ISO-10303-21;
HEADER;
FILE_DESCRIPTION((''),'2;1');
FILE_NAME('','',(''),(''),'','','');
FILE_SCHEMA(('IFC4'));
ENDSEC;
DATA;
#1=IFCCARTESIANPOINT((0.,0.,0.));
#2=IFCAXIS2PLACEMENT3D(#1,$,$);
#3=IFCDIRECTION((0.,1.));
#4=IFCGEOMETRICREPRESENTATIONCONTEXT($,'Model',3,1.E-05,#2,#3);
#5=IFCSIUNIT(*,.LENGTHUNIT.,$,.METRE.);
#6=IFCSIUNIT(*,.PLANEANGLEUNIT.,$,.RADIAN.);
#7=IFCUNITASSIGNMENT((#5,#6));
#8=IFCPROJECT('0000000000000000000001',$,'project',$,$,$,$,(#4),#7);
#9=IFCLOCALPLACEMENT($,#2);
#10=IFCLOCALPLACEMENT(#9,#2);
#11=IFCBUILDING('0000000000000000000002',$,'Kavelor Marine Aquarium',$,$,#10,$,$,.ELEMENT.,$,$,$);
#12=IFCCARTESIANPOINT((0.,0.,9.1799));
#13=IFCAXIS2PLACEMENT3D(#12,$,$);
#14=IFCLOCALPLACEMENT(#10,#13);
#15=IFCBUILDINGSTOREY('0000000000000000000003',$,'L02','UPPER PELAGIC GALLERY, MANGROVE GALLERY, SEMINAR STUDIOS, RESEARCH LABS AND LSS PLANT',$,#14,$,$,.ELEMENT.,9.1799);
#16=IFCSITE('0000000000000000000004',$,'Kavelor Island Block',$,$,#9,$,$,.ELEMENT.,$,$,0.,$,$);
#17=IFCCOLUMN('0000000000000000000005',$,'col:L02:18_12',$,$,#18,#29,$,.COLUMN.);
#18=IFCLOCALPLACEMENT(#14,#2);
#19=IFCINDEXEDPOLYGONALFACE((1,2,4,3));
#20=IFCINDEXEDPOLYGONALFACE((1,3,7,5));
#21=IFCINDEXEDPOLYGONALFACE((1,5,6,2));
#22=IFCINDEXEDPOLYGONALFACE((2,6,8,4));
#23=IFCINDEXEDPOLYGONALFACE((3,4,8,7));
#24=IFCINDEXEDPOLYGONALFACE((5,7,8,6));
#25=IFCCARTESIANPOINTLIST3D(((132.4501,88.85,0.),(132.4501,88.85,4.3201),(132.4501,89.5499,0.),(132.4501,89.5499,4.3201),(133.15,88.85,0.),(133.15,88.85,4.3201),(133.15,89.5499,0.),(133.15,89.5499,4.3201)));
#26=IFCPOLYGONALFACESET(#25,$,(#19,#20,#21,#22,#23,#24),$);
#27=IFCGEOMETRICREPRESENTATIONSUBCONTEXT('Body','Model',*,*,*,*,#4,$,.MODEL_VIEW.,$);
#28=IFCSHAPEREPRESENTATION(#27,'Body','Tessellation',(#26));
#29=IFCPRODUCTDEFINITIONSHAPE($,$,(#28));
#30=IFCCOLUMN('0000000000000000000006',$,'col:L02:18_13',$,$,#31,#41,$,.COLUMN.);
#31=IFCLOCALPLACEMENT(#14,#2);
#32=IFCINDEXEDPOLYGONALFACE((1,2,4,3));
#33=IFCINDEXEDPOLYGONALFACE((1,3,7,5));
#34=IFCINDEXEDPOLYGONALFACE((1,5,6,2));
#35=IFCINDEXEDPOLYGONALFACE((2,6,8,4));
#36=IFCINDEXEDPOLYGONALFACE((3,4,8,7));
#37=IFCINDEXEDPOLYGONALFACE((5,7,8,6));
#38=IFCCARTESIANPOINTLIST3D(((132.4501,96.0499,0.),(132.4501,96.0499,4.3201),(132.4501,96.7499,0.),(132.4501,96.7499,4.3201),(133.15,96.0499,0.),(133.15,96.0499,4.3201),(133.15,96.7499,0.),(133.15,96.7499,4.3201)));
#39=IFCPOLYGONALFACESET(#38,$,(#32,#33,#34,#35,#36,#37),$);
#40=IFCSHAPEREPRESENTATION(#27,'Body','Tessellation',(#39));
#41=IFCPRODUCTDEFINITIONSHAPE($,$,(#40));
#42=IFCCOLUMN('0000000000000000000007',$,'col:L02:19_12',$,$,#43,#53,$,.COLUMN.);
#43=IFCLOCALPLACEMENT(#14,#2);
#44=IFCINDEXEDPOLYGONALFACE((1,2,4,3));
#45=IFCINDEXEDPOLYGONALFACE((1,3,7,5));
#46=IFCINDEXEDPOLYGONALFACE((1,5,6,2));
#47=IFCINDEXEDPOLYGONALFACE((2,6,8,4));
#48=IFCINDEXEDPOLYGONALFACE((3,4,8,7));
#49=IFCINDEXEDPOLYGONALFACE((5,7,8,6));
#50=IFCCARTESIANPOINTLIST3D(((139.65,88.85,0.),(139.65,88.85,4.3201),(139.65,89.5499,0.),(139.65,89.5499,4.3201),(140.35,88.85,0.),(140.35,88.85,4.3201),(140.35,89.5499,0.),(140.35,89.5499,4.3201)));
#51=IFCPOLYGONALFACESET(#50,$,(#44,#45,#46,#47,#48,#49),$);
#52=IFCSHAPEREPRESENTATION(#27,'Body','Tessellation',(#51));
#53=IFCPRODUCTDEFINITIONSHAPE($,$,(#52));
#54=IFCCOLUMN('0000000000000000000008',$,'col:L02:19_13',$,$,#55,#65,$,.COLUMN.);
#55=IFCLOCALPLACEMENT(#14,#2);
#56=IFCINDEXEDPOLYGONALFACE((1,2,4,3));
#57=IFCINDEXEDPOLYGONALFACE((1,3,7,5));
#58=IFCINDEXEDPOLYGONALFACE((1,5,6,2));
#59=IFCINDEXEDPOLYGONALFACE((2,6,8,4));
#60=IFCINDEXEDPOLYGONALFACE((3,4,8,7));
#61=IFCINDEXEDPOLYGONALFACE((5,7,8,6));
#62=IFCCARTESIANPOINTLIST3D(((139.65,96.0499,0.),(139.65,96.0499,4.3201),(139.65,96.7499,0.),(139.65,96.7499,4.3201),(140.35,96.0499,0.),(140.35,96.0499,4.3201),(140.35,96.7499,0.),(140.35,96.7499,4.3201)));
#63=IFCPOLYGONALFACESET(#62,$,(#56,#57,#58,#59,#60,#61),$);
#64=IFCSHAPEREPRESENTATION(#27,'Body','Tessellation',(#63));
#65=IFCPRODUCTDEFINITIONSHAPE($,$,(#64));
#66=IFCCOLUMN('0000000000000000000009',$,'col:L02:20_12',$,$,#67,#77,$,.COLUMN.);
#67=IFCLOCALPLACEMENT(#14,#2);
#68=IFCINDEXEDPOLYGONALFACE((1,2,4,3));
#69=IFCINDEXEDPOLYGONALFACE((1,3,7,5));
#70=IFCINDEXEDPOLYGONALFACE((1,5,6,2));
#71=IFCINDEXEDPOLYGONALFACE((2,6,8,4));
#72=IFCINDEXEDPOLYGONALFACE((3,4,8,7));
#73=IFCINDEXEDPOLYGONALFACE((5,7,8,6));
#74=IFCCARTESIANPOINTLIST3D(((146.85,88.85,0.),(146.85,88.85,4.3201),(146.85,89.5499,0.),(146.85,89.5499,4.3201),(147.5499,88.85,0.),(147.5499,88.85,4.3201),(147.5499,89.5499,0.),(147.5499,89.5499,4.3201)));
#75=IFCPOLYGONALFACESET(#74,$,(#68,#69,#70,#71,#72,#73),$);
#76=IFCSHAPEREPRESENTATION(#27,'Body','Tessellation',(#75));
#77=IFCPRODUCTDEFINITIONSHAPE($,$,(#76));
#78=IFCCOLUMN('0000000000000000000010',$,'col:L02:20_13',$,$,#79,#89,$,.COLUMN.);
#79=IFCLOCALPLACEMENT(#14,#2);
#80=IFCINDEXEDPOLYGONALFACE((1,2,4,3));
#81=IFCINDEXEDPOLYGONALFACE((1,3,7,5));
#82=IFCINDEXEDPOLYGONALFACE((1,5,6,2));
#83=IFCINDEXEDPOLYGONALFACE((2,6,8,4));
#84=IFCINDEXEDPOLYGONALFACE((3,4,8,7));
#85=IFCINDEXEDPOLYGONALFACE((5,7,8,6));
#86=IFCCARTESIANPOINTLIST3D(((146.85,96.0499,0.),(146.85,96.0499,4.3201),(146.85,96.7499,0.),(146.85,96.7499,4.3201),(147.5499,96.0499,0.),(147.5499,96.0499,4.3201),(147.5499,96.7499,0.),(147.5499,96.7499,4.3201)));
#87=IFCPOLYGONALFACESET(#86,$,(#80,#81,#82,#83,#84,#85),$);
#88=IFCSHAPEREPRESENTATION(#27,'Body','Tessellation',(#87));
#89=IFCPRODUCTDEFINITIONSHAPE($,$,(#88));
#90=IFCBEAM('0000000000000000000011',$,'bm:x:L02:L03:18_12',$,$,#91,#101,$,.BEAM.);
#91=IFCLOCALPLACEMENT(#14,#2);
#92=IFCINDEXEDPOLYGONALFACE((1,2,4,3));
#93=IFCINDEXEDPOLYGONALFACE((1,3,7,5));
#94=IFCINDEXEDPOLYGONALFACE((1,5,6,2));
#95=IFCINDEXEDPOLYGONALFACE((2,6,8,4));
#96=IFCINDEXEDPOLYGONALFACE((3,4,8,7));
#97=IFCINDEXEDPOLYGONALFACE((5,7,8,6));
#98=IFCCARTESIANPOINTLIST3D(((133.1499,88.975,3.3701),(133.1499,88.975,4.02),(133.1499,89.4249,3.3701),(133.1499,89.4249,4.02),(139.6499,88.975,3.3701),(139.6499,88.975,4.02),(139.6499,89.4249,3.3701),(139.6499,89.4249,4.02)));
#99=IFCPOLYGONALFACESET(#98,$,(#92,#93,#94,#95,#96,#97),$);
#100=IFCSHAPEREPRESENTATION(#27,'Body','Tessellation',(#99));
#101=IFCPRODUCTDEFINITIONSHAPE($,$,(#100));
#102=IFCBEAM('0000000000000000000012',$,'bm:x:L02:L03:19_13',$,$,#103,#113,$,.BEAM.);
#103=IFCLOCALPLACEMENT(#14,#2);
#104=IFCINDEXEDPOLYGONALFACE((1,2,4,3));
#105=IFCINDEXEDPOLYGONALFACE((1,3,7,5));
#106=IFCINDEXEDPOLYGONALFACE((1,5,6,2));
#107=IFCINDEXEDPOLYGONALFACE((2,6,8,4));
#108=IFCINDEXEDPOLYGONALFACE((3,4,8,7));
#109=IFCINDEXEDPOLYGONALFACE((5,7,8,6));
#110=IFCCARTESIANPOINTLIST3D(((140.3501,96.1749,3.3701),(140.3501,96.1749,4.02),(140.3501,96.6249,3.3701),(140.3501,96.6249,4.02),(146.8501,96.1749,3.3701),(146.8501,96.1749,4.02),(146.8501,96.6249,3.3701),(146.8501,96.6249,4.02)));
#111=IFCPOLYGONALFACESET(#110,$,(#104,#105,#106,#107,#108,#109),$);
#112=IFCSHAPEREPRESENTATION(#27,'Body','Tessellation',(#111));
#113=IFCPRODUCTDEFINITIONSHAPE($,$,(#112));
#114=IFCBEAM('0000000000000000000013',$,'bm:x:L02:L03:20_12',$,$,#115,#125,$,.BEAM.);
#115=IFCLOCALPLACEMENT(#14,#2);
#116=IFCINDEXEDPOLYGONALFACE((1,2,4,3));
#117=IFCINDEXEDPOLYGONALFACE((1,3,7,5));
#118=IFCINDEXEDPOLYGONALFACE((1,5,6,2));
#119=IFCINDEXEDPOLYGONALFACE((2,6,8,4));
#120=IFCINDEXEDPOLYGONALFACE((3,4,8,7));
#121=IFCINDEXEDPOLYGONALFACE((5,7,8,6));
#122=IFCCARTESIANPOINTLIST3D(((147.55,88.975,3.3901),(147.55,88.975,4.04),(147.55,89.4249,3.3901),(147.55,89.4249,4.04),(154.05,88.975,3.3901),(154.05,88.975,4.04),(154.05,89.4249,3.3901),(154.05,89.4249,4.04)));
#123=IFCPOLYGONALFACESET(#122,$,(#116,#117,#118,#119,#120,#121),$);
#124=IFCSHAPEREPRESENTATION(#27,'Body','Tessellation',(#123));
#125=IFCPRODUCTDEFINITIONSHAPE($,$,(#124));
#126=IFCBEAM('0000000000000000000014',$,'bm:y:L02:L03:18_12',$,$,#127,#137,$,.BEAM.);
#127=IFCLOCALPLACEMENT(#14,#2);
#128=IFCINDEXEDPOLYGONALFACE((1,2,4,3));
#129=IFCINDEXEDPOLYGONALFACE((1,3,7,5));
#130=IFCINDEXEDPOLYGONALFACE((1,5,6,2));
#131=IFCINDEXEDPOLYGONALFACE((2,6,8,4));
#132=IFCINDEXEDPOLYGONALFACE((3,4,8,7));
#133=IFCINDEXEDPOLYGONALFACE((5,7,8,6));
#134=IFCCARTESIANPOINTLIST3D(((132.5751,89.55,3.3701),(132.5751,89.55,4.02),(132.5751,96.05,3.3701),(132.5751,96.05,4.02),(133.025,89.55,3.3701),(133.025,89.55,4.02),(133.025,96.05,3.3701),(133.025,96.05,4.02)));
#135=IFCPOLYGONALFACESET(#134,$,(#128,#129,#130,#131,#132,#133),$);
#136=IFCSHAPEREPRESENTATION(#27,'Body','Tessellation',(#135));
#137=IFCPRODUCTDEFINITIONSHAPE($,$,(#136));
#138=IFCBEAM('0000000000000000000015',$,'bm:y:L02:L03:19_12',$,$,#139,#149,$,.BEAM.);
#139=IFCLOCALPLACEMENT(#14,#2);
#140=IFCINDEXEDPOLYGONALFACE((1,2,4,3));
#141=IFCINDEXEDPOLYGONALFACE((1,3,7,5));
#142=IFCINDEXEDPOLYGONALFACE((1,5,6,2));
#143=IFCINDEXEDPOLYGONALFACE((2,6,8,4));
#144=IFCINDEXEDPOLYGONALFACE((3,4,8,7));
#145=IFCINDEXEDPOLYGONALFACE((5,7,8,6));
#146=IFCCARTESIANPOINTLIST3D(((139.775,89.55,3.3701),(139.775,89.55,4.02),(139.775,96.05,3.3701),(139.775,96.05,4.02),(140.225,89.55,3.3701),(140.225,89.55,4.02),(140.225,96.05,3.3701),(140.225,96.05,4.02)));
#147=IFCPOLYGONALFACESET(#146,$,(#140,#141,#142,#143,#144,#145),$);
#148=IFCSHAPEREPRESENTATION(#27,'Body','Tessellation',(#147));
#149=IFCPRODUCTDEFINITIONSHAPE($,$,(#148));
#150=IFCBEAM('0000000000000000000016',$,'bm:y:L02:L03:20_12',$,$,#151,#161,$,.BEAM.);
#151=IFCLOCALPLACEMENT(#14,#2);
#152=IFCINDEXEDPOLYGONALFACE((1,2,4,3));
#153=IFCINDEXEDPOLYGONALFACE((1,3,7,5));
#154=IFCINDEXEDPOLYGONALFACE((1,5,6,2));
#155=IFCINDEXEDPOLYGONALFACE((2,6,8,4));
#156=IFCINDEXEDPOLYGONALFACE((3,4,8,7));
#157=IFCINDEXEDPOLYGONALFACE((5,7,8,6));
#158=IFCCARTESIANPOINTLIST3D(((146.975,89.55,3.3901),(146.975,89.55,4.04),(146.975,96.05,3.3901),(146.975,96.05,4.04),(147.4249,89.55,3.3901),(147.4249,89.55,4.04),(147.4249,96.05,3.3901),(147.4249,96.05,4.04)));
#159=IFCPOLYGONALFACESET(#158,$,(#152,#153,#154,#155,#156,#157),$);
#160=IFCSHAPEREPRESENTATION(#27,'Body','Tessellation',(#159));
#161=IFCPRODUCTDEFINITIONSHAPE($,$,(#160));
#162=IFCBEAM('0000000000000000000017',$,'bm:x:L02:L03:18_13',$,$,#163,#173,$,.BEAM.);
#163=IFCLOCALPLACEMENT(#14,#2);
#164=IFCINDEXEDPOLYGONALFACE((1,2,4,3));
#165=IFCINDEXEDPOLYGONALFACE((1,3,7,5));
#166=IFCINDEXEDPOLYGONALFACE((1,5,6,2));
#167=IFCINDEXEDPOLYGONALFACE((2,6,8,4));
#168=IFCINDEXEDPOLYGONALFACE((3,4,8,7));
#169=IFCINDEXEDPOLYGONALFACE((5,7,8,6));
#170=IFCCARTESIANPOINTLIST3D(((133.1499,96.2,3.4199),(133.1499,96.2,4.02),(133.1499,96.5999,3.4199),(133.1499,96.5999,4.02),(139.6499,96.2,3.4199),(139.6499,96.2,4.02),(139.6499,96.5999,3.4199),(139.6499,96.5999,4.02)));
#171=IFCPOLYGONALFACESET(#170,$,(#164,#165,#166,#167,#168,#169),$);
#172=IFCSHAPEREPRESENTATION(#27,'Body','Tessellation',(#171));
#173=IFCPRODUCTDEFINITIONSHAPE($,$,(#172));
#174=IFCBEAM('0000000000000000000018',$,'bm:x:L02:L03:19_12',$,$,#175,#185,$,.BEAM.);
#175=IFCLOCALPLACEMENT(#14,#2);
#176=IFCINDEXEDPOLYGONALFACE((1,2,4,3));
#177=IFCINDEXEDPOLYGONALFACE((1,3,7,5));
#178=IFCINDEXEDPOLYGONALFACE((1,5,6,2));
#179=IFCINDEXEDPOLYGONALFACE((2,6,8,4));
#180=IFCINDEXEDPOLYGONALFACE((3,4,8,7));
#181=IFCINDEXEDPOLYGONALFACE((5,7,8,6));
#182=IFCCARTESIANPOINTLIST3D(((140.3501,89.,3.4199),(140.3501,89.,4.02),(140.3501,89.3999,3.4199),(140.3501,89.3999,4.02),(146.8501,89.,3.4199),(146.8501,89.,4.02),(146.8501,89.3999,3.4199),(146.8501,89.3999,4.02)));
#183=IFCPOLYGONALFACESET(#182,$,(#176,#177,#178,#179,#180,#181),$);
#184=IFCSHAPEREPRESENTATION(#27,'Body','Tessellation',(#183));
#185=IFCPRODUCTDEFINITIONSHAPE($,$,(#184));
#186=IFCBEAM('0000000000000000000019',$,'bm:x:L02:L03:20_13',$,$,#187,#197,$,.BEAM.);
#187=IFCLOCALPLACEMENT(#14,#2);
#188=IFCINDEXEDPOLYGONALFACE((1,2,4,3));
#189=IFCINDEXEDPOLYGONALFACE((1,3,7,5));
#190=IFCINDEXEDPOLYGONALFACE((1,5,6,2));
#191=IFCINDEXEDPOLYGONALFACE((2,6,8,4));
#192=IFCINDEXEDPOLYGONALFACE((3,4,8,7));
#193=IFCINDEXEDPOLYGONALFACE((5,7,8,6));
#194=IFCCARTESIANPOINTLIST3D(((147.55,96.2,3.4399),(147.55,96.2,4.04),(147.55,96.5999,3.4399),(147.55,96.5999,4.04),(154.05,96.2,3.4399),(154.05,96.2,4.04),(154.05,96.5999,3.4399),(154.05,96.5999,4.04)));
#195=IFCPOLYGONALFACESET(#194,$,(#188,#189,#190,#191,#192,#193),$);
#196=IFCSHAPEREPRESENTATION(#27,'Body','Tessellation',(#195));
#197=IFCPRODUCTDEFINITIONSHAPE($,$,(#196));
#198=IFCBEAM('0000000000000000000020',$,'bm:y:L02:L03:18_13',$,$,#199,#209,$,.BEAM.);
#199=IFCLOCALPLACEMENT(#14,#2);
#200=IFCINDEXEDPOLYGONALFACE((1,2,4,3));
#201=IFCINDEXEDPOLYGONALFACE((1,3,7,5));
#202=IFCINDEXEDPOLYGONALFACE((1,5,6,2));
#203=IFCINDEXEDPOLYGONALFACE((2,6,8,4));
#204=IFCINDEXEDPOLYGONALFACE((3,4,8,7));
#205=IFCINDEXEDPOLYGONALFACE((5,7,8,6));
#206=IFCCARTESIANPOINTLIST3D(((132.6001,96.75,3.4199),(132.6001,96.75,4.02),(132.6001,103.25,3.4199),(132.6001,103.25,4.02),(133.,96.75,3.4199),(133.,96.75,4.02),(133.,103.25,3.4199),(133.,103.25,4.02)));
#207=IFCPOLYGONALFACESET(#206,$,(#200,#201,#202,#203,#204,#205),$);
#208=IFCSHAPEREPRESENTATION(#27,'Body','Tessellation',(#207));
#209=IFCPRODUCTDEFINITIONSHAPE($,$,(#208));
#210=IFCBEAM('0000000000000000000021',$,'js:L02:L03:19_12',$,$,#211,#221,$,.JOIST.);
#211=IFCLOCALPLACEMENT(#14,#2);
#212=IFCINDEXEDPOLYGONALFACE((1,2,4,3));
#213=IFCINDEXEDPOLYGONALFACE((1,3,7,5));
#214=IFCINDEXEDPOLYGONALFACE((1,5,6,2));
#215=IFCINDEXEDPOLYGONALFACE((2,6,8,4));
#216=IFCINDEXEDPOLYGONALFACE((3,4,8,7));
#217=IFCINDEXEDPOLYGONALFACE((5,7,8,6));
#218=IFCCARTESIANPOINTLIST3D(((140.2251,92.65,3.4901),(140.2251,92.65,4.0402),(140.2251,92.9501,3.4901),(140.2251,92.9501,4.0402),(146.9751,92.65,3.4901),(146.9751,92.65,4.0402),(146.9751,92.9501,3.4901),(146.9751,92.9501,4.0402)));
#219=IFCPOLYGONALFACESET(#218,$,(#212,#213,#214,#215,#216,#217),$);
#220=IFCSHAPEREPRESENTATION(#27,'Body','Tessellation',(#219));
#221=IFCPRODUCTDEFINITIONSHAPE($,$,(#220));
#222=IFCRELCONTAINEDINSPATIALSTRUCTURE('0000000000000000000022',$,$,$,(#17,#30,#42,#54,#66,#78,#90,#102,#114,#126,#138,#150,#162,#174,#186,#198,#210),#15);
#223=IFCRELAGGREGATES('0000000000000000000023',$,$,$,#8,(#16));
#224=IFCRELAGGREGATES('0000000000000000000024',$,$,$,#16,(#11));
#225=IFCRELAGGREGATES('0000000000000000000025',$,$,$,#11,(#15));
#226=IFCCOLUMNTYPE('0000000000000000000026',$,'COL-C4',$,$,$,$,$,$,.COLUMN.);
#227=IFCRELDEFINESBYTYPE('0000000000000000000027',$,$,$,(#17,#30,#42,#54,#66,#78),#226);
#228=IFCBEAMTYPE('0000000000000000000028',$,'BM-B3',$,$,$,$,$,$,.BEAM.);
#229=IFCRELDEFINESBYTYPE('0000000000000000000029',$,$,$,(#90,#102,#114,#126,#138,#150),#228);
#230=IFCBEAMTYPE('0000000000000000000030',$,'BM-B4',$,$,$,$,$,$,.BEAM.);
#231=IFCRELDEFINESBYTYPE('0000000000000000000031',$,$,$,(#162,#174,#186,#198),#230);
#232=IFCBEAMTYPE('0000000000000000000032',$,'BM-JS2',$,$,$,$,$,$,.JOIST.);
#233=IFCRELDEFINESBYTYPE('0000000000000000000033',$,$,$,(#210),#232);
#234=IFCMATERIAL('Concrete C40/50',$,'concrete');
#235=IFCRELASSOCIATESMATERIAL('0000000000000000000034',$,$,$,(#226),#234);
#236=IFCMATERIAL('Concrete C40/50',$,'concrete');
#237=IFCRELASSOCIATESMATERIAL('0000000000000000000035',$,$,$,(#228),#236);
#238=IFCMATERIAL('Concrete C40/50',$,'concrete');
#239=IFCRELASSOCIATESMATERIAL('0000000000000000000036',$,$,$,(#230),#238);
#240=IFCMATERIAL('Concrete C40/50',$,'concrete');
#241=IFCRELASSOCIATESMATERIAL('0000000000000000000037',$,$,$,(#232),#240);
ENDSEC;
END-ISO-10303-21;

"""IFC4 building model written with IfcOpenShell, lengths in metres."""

from ifc_helpers import new_model, si_unit, direction, frame, origin, origin_2d, place, context, subcontext, project, spatial, rectangle, extrude, material, material_profile, profile_set, type_object, element, save


model = new_model("IFC4")

# Units and contexts
model_context = context("Model", 3, precision=1e-05, world=origin(), true_north=direction((0.0, 1.0)))
body_context = subcontext(model_context, "Body", "Model", "MODEL_VIEW")
ifc_project = project(units=[si_unit("LENGTHUNIT", "METRE"), si_unit("PLANEANGLEUNIT", "RADIAN")], contexts=[model_context])

# Site, building, storey
site_placement = place(None, origin())
site = spatial("IfcSite", under=ifc_project, at=site_placement, Name="Kavelor Island Block", CompositionType="ELEMENT", RefElevation=0.0)
building_placement = place(site_placement, origin())
building = spatial("IfcBuilding", under=site, at=building_placement, Name="Kavelor Marine Aquarium", CompositionType="ELEMENT")
storey_placement = place(building_placement, frame((0.0, 0.0, 9.1799)))
storey = spatial("IfcBuildingStorey", under=building, at=storey_placement, Name="L02", Description="UPPER PELAGIC GALLERY, MANGROVE GALLERY, SEMINAR STUDIOS, RESEARCH LABS AND LSS PLANT", CompositionType="ELEMENT", Elevation=9.1799)

# Columns
ifc_material_1 = material(Name="Concrete C40/50", Category="concrete")
ifc_material_profile_1 = material_profile(ifc_material_1, rectangle(XDim=0.7, YDim=0.7, at=origin_2d()), Name="RC-COL 700x700")
ifc_profile_set_1 = profile_set([ifc_material_profile_1], Name="Concrete C40/50")
column_type = type_object("IfcColumnType", Name="COL-C4", PredefinedType="COLUMN", material=ifc_profile_set_1)
for number, where, z_axis, x_axis, name in (
    (1, (132.8, 89.2, 0.0), (0.0, 0.0, 1.0), (1.0, 0.0, 0.0), "col:L02:18_12"),
    (2, (132.8, 96.3999, 0.0), (0.0, 0.0, 1.0), (1.0, 0.0, 0.0), "col:L02:18_13"),
    (3, (140.0, 89.2, 0.0), (0.0, 0.0, 1.0), (1.0, 0.0, 0.0), "col:L02:19_12"),
    (4, (140.0, 96.3999, 0.0), (0.0, 0.0, 1.0), (1.0, 0.0, 0.0), "col:L02:19_13"),
    (5, (147.2, 89.2, 0.0), (0.0, 0.0, 1.0), (1.0, 0.0, 0.0), "col:L02:20_12"),
    (6, (147.2, 96.3999, 0.0), (0.0, 0.0, 1.0), (1.0, 0.0, 0.0), "col:L02:20_13"),
):
    element("IfcColumn", number, at=place(storey_placement, frame(where, z_axis=z_axis, x_axis=x_axis)), inside=storey, type_object=column_type, Name=name, PredefinedType="COLUMN", context=body_context, shape_type="SweptSolid", body=[
        extrude(rectangle(XDim=0.7, YDim=0.7, at=origin_2d()), origin(), (0.0, 0.0, 1.0), 4.3201),
    ])

# Beams
ifc_material_2 = material(Name="Concrete C40/50", Category="concrete")
ifc_material_profile_2 = material_profile(ifc_material_2, rectangle(XDim=0.45, YDim=0.6499, at=origin_2d()), Name="RC-BM 450x650")
ifc_profile_set_2 = profile_set([ifc_material_profile_2], Name="Concrete C40/50")
beam_type_1 = type_object("IfcBeamType", Name="BM-B3", PredefinedType="BEAM", material=ifc_profile_set_2)
for number, where, z_axis, x_axis, name in (
    (7, (133.1499, 89.2, 3.6951), (1.0, 0.0, 0.0), (0.0, 1.0, 0.0), "bm:x:L02:L03:18_12"),
    (8, (140.3501, 96.3999, 3.6951), (1.0, 0.0, 0.0), (0.0, 1.0, 0.0), "bm:x:L02:L03:19_13"),
    (9, (147.55, 89.2, 3.7151), (1.0, 0.0, 0.0), (0.0, 1.0, 0.0), "bm:x:L02:L03:20_12"),
    (10, (132.8, 89.55, 3.6951), (0.0, 1.0, 0.0), (-1.0, 0.0, 0.0), "bm:y:L02:L03:18_12"),
    (11, (140.0, 89.55, 3.6951), (0.0, 1.0, 0.0), (-1.0, 0.0, 0.0), "bm:y:L02:L03:19_12"),
    (12, (147.2, 89.55, 3.7151), (0.0, 1.0, 0.0), (-1.0, 0.0, 0.0), "bm:y:L02:L03:20_12"),
):
    element("IfcBeam", number, at=place(storey_placement, frame(where, z_axis=z_axis, x_axis=x_axis)), inside=storey, type_object=beam_type_1, Name=name, PredefinedType="BEAM", context=body_context, shape_type="SweptSolid", body=[
        extrude(rectangle(XDim=0.45, YDim=0.6499, at=origin_2d()), origin(), (0.0, 0.0, 1.0), 6.5),
    ])
ifc_material_3 = material(Name="Concrete C40/50", Category="concrete")
ifc_material_profile_3 = material_profile(ifc_material_3, rectangle(XDim=0.3999, YDim=0.6001, at=origin_2d()), Name="RC-BM 400x600")
ifc_profile_set_3 = profile_set([ifc_material_profile_3], Name="Concrete C40/50")
beam_type_2 = type_object("IfcBeamType", Name="BM-B4", PredefinedType="BEAM", material=ifc_profile_set_3)
for number, where, z_axis, x_axis, name in (
    (13, (133.1499, 96.3999, 3.72), (1.0, 0.0, 0.0), (0.0, 1.0, 0.0), "bm:x:L02:L03:18_13"),
    (14, (140.3501, 89.2, 3.72), (1.0, 0.0, 0.0), (0.0, 1.0, 0.0), "bm:x:L02:L03:19_12"),
    (15, (147.55, 96.3999, 3.74), (1.0, 0.0, 0.0), (0.0, 1.0, 0.0), "bm:x:L02:L03:20_13"),
    (16, (132.8, 96.75, 3.72), (0.0, 1.0, 0.0), (-1.0, 0.0, 0.0), "bm:y:L02:L03:18_13"),
):
    element("IfcBeam", number, at=place(storey_placement, frame(where, z_axis=z_axis, x_axis=x_axis)), inside=storey, type_object=beam_type_2, Name=name, PredefinedType="BEAM", context=body_context, shape_type="SweptSolid", body=[
        extrude(rectangle(XDim=0.3999, YDim=0.6001, at=origin_2d()), origin(), (0.0, 0.0, 1.0), 6.5),
    ])
ifc_material_4 = material(Name="Concrete C40/50", Category="concrete")
ifc_material_profile_4 = material_profile(ifc_material_4, rectangle(XDim=0.3, YDim=0.55, at=origin_2d()), Name="RC-JS 300x550")
ifc_profile_set_4 = profile_set([ifc_material_profile_4], Name="Concrete C40/50")
beam_type_3 = type_object("IfcBeamType", Name="BM-JS2", PredefinedType="JOIST", material=ifc_profile_set_4)
beam_placement = place(storey_placement, frame((140.2251, 92.8, 3.7651), z_axis=(1.0, 0.0, 0.0), x_axis=(0.0, 1.0, 0.0)))
element("IfcBeam", 17, at=beam_placement, inside=storey, type_object=beam_type_3, Name="js:L02:L03:19_12", PredefinedType="JOIST", context=body_context, shape_type="SweptSolid", body=[
    extrude(rectangle(XDim=0.3, YDim=0.55, at=origin_2d()), origin(), (0.0, 0.0, 1.0), 6.75),
])

save(model, "model.ifc")
